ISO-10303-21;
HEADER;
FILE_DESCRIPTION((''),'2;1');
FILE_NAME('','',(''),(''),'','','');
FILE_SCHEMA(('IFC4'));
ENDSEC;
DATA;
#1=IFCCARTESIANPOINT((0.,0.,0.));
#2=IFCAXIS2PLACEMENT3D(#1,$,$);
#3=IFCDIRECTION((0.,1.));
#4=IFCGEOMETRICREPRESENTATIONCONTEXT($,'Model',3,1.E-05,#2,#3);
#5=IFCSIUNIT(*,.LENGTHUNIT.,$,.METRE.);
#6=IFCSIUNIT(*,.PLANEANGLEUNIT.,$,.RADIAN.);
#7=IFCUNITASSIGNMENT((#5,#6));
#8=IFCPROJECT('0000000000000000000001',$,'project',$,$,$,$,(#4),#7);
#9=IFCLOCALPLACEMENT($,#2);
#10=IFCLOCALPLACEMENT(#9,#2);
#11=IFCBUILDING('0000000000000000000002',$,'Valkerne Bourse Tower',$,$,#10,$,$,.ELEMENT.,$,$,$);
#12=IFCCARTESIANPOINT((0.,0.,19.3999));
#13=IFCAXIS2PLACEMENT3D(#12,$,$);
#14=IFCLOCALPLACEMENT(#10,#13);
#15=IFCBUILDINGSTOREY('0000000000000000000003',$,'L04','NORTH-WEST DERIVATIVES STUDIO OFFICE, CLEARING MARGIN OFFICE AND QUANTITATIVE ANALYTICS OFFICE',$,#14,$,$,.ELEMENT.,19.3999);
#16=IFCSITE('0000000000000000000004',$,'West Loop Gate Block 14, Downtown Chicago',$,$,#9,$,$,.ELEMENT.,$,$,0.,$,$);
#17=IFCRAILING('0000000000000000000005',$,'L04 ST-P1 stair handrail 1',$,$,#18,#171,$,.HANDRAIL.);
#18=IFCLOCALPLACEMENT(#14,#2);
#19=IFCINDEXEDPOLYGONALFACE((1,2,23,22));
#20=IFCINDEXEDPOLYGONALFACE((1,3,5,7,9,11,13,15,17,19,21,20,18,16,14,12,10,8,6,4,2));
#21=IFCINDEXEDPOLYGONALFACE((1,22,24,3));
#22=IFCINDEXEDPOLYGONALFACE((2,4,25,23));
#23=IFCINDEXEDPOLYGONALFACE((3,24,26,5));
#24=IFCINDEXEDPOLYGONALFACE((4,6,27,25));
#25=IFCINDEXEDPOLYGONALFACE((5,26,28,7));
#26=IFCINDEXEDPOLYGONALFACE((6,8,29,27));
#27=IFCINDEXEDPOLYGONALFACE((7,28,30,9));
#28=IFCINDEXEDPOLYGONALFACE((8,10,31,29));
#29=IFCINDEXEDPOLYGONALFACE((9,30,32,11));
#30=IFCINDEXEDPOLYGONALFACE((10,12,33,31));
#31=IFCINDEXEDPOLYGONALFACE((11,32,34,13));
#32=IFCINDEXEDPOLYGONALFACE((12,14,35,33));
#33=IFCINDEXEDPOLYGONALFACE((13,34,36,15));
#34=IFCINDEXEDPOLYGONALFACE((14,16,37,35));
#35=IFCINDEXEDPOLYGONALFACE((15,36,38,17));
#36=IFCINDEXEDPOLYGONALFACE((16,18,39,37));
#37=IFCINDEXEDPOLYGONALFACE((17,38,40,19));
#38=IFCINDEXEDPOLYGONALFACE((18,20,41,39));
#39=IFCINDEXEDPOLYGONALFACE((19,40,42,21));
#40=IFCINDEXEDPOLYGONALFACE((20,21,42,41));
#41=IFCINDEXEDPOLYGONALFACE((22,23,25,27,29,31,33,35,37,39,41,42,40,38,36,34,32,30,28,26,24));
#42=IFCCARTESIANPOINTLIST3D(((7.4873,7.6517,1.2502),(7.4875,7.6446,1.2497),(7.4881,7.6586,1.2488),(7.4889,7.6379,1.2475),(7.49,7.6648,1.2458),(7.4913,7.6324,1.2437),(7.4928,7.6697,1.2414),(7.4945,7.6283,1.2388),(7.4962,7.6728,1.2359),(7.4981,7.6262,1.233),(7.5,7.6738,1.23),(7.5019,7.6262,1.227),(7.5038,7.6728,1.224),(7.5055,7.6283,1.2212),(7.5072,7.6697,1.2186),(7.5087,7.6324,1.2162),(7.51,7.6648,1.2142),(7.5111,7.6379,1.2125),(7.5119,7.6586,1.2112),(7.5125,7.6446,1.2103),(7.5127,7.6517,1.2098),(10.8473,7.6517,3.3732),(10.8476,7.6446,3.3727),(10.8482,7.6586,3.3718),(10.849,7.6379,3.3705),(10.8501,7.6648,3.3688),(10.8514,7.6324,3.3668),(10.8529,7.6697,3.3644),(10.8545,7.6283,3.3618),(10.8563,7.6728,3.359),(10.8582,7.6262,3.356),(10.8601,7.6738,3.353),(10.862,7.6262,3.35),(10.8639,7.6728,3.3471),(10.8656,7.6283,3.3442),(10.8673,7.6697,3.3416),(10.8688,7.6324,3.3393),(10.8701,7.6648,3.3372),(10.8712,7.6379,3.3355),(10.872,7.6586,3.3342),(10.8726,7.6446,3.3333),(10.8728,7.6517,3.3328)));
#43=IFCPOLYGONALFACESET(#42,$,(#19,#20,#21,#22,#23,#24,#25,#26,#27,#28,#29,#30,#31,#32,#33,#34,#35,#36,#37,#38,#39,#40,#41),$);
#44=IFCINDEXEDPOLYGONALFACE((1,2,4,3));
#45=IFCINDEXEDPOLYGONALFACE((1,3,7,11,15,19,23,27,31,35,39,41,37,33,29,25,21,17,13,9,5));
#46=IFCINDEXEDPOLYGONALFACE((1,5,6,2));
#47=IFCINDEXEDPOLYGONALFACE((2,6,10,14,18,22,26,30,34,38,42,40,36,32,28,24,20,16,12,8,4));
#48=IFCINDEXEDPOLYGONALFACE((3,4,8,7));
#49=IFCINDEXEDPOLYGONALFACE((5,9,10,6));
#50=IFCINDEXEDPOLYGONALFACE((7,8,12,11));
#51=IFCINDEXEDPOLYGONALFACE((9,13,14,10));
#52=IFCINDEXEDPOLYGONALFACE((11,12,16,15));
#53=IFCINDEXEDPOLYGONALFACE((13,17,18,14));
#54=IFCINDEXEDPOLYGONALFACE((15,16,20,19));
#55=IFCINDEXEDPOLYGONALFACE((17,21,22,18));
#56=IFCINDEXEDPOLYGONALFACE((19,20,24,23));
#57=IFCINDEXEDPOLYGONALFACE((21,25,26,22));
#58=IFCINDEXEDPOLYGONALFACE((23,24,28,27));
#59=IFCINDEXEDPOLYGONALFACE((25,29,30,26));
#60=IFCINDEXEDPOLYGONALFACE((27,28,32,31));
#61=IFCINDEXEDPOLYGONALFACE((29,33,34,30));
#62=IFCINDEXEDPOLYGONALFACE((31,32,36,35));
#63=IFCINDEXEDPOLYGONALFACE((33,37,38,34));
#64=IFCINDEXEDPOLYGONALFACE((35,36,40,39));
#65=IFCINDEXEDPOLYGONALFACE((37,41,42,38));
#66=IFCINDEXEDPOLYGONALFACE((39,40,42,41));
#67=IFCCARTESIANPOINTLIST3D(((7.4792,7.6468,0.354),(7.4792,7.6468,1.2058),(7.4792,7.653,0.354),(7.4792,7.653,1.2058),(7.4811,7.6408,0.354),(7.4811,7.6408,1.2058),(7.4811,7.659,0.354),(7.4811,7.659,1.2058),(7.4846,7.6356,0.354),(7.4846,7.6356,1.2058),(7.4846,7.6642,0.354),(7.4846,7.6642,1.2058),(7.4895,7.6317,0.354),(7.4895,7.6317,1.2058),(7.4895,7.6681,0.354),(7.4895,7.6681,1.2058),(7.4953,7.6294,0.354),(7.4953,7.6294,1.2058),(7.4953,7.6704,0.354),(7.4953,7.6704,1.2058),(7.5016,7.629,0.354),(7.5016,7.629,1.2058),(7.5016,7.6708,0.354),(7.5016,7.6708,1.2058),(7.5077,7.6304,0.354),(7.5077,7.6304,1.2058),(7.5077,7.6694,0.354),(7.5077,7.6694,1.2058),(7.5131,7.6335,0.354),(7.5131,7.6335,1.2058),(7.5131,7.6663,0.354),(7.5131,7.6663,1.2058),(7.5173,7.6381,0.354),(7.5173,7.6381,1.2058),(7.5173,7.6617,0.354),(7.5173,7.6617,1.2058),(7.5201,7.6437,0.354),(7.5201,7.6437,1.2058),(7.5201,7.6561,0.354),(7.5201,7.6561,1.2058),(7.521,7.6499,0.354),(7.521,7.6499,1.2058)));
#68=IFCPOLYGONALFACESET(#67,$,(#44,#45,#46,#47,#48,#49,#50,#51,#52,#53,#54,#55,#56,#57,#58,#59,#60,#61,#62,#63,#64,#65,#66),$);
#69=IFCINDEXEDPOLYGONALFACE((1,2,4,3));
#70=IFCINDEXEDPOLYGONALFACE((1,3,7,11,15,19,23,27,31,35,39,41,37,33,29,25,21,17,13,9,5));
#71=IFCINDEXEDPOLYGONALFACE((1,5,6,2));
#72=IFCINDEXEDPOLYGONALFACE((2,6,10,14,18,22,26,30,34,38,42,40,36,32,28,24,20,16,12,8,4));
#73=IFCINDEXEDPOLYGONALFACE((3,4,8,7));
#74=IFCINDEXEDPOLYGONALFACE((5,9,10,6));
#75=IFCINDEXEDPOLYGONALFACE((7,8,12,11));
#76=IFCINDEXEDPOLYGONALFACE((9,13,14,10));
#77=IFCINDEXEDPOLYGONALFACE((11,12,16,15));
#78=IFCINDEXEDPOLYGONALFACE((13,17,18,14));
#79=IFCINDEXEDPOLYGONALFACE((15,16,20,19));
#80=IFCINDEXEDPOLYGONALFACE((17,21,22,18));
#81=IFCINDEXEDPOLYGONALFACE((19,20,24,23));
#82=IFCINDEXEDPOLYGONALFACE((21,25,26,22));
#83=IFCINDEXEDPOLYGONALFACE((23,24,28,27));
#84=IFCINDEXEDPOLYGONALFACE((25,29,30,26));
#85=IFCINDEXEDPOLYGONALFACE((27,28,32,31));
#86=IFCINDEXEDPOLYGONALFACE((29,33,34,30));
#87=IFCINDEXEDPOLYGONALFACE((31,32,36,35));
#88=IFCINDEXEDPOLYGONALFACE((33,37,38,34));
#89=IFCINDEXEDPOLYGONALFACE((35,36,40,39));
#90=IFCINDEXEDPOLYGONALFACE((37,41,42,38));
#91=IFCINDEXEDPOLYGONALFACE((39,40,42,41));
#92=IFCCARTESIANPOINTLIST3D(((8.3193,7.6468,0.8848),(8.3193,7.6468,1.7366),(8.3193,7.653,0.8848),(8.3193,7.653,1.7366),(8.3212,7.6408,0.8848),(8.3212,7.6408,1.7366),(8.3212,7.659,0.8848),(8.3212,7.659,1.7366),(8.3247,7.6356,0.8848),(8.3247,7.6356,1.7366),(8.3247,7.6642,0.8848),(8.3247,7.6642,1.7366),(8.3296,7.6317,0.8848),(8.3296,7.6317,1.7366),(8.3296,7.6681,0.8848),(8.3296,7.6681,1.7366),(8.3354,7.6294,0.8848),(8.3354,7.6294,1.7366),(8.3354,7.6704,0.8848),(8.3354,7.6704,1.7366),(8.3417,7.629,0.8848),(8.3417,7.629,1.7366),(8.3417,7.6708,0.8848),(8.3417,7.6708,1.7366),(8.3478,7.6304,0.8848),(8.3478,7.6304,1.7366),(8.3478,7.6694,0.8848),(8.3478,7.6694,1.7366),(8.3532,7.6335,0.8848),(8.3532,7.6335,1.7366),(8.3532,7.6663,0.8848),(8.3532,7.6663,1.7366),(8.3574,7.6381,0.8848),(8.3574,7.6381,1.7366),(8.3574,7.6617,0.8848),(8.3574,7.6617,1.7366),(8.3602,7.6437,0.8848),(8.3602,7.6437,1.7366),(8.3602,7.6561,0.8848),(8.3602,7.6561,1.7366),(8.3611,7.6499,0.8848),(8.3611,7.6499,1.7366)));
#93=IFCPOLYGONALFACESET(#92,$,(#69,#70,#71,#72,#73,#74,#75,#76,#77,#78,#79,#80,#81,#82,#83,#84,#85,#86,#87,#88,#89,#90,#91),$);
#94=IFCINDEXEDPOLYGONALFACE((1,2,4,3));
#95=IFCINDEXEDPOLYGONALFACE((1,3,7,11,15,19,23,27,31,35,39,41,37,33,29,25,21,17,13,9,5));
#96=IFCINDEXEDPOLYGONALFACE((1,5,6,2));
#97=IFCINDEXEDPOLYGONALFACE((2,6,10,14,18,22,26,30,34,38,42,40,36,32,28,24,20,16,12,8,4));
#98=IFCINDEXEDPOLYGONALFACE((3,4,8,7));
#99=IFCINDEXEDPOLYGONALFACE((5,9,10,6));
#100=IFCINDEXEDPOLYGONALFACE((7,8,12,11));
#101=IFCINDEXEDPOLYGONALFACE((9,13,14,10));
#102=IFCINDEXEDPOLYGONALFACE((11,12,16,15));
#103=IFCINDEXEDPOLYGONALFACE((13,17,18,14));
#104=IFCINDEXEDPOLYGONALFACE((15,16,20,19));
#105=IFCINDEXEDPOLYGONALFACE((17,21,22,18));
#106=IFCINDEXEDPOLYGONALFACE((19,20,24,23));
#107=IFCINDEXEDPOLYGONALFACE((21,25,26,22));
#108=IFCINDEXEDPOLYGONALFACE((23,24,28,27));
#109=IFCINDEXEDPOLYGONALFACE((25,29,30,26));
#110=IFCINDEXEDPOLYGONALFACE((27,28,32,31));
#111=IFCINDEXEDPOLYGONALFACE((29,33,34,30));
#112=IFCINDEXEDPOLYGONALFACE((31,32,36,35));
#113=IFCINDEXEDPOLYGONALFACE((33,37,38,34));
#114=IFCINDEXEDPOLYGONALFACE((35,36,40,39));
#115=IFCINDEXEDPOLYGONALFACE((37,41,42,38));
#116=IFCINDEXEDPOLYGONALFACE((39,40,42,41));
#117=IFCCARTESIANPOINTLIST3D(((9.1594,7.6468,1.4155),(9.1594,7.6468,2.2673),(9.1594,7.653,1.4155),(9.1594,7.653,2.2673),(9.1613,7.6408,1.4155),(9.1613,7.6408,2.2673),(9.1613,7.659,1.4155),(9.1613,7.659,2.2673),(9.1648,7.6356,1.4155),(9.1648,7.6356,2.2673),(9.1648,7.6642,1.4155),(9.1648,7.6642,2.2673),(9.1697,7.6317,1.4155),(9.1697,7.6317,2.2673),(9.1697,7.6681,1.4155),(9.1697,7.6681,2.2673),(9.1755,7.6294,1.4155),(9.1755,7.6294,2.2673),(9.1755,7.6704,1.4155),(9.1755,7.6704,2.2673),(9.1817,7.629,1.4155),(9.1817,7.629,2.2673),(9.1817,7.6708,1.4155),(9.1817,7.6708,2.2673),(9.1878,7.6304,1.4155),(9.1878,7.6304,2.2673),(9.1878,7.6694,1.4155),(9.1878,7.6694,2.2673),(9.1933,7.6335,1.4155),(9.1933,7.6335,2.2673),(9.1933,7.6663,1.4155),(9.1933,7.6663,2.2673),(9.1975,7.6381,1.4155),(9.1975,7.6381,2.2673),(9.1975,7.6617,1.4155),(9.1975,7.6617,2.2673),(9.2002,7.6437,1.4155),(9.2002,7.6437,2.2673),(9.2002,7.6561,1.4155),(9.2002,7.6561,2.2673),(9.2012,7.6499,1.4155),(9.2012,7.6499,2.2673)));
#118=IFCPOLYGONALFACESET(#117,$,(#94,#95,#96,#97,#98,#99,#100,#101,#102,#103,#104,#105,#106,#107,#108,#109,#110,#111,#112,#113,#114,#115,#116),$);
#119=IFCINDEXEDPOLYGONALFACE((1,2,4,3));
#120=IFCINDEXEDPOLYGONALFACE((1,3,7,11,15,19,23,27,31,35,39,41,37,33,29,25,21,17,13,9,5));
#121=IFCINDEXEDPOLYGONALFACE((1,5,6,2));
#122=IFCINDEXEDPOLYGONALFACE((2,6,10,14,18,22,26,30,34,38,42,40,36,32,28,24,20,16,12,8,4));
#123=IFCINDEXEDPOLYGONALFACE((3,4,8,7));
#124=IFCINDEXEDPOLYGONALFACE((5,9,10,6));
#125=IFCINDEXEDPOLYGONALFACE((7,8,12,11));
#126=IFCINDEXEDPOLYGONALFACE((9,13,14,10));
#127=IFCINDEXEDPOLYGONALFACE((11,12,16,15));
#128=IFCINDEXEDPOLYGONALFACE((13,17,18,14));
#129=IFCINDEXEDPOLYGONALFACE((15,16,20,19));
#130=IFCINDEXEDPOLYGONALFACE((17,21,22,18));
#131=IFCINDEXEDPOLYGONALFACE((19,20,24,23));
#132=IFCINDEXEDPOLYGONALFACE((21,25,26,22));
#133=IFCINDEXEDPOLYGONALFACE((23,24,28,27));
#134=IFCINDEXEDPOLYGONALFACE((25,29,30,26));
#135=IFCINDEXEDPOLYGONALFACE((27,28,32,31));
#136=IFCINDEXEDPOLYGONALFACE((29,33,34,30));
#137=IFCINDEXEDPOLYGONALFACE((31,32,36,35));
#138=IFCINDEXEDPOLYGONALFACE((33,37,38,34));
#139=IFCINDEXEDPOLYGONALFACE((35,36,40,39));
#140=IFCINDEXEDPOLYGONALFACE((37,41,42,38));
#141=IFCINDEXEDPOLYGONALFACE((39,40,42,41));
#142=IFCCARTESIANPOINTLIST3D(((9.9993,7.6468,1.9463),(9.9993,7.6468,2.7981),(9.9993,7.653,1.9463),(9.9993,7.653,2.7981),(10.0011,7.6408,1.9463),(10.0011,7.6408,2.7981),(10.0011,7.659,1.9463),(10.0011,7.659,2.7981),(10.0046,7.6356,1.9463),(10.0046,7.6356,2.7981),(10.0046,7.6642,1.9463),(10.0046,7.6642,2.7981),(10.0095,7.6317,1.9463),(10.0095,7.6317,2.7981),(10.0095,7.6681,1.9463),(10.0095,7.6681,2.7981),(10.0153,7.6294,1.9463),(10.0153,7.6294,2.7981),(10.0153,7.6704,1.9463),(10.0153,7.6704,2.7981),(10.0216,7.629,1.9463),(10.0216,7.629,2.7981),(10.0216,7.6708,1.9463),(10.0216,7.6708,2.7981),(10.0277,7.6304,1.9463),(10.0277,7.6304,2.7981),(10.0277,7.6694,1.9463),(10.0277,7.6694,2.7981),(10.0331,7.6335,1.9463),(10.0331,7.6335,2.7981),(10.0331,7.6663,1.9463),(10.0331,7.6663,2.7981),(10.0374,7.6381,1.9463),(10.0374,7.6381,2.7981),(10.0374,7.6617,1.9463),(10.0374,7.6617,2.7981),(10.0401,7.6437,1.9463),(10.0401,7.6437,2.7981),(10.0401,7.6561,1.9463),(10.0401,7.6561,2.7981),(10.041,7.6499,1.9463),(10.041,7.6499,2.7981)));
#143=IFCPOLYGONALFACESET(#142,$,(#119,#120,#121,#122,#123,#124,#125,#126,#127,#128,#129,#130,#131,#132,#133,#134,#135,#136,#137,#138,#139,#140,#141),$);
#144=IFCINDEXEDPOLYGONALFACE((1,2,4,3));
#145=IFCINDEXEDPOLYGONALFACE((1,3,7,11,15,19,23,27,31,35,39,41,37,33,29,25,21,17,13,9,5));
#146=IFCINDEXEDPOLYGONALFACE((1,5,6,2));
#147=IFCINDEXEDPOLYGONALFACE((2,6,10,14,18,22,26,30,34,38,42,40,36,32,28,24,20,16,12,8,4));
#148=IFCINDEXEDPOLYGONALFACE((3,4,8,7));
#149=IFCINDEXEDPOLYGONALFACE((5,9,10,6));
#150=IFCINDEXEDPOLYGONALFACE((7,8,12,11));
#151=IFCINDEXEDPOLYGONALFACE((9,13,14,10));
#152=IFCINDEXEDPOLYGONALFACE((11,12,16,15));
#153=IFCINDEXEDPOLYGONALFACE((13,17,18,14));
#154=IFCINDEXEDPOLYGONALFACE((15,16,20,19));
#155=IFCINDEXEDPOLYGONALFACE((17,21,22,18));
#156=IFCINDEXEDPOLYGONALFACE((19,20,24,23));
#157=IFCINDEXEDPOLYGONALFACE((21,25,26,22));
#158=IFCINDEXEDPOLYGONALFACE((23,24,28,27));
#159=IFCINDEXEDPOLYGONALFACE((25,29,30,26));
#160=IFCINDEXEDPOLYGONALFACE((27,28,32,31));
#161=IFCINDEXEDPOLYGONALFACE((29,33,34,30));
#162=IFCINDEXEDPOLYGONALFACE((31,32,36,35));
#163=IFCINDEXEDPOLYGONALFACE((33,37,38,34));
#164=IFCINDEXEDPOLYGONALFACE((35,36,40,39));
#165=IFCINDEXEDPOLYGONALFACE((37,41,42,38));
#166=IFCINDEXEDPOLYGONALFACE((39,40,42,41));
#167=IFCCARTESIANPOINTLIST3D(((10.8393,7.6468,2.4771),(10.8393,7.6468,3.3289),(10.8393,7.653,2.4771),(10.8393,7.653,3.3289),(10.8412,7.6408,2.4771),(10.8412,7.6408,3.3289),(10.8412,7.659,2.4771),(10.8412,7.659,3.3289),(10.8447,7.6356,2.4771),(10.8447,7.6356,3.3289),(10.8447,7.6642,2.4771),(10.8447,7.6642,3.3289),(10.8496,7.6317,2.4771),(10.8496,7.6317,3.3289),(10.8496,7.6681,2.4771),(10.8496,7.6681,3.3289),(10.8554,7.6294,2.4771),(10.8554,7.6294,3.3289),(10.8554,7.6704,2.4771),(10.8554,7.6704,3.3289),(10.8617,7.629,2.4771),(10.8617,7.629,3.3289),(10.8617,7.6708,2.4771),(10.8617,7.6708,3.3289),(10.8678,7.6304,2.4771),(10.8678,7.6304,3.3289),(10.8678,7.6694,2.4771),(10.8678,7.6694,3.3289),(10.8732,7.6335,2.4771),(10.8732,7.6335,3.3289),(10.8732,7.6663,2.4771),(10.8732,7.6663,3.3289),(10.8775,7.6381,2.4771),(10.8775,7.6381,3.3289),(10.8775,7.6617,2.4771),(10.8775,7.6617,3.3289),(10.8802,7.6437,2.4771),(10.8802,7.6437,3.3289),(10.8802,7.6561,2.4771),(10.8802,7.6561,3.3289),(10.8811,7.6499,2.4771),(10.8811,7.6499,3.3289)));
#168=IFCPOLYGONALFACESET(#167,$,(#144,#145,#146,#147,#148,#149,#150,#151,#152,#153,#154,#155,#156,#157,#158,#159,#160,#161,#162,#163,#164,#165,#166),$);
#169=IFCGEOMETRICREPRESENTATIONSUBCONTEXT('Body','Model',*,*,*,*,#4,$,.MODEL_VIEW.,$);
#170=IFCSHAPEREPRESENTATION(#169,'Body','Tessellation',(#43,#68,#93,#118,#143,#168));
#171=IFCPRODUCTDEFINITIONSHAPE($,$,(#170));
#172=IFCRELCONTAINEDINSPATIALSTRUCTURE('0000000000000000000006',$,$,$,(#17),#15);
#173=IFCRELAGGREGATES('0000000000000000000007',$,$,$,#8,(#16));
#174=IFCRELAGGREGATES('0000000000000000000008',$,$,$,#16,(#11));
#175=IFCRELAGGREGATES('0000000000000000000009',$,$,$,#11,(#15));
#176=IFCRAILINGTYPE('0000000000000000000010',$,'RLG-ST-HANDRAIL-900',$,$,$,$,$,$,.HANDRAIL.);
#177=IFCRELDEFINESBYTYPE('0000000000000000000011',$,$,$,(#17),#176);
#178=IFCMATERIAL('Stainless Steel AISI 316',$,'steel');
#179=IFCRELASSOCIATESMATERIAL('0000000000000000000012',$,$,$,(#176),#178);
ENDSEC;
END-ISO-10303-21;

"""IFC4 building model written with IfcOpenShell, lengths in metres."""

from ifc_helpers import new_model, si_unit, direction, frame, origin, origin_2d, place, context, subcontext, project, spatial, circle, extrude, material, type_object, element, save


model = new_model("IFC4")

# Units and contexts
model_context = context("Model", 3, precision=1e-05, world=origin(), true_north=direction((0.0, 1.0)))
body_context = subcontext(model_context, "Body", "Model", "MODEL_VIEW")
ifc_project = project(units=[si_unit("LENGTHUNIT", "METRE"), si_unit("PLANEANGLEUNIT", "RADIAN")], contexts=[model_context])

# Site, building, storey
site_placement = place(None, origin())
site = spatial("IfcSite", under=ifc_project, at=site_placement, Name="West Loop Gate Block 14, Downtown Chicago", CompositionType="ELEMENT", RefElevation=0.0)
building_placement = place(site_placement, origin())
building = spatial("IfcBuilding", under=site, at=building_placement, Name="Valkerne Bourse Tower", CompositionType="ELEMENT")
storey_placement = place(building_placement, frame((0.0, 0.0, 19.3999)))
storey = spatial("IfcBuildingStorey", under=building, at=storey_placement, Name="L04", Description="NORTH-WEST DERIVATIVES STUDIO OFFICE, CLEARING MARGIN OFFICE AND QUANTITATIVE ANALYTICS OFFICE", CompositionType="ELEMENT", Elevation=19.3999)

# Railing
ifc_material_1 = material(Name="Stainless Steel AISI 316", Category="steel")
railing_type_1 = type_object("IfcRailingType", Name="RLG-ST-HANDRAIL-900", PredefinedType="HANDRAIL", material=ifc_material_1)
railing_1_placement = place(storey_placement, frame((7.5, 7.6499, 0.354)))
element("IfcRailing", 1, at=railing_1_placement, inside=storey, type_object=railing_type_1, Name="L04 ST-P1 stair handrail 1", PredefinedType="HANDRAIL", context=body_context, shape_type="SweptSolid", body=[
    extrude(circle(Radius=0.0239, at=origin_2d()), frame((0.0, 0.0, 0.876), z_axis=(0.84539, 0.0, 0.53415), x_axis=(0.0, 1.0, 0.0)), (0.0, 0.0, 1.0), 3.9746),
    extrude(circle(Radius=0.021, at=origin_2d()), origin(), (0.0, 0.0, 1.0), 0.8518),
    extrude(circle(Radius=0.021, at=origin_2d()), frame((0.8401, 0.0, 0.5308)), (0.0, 0.0, 1.0), 0.8518),
    extrude(circle(Radius=0.021, at=origin_2d()), frame((1.6802, 0.0, 1.0615)), (0.0, 0.0, 1.0), 0.8518),
    extrude(circle(Radius=0.021, at=origin_2d()), frame((2.52, 0.0, 1.5923)), (0.0, 0.0, 1.0), 0.8518),
    extrude(circle(Radius=0.021, at=origin_2d()), frame((3.3601, 0.0, 2.123)), (0.0, 0.0, 1.0), 0.8518),
])

save(model, "model.ifc")
